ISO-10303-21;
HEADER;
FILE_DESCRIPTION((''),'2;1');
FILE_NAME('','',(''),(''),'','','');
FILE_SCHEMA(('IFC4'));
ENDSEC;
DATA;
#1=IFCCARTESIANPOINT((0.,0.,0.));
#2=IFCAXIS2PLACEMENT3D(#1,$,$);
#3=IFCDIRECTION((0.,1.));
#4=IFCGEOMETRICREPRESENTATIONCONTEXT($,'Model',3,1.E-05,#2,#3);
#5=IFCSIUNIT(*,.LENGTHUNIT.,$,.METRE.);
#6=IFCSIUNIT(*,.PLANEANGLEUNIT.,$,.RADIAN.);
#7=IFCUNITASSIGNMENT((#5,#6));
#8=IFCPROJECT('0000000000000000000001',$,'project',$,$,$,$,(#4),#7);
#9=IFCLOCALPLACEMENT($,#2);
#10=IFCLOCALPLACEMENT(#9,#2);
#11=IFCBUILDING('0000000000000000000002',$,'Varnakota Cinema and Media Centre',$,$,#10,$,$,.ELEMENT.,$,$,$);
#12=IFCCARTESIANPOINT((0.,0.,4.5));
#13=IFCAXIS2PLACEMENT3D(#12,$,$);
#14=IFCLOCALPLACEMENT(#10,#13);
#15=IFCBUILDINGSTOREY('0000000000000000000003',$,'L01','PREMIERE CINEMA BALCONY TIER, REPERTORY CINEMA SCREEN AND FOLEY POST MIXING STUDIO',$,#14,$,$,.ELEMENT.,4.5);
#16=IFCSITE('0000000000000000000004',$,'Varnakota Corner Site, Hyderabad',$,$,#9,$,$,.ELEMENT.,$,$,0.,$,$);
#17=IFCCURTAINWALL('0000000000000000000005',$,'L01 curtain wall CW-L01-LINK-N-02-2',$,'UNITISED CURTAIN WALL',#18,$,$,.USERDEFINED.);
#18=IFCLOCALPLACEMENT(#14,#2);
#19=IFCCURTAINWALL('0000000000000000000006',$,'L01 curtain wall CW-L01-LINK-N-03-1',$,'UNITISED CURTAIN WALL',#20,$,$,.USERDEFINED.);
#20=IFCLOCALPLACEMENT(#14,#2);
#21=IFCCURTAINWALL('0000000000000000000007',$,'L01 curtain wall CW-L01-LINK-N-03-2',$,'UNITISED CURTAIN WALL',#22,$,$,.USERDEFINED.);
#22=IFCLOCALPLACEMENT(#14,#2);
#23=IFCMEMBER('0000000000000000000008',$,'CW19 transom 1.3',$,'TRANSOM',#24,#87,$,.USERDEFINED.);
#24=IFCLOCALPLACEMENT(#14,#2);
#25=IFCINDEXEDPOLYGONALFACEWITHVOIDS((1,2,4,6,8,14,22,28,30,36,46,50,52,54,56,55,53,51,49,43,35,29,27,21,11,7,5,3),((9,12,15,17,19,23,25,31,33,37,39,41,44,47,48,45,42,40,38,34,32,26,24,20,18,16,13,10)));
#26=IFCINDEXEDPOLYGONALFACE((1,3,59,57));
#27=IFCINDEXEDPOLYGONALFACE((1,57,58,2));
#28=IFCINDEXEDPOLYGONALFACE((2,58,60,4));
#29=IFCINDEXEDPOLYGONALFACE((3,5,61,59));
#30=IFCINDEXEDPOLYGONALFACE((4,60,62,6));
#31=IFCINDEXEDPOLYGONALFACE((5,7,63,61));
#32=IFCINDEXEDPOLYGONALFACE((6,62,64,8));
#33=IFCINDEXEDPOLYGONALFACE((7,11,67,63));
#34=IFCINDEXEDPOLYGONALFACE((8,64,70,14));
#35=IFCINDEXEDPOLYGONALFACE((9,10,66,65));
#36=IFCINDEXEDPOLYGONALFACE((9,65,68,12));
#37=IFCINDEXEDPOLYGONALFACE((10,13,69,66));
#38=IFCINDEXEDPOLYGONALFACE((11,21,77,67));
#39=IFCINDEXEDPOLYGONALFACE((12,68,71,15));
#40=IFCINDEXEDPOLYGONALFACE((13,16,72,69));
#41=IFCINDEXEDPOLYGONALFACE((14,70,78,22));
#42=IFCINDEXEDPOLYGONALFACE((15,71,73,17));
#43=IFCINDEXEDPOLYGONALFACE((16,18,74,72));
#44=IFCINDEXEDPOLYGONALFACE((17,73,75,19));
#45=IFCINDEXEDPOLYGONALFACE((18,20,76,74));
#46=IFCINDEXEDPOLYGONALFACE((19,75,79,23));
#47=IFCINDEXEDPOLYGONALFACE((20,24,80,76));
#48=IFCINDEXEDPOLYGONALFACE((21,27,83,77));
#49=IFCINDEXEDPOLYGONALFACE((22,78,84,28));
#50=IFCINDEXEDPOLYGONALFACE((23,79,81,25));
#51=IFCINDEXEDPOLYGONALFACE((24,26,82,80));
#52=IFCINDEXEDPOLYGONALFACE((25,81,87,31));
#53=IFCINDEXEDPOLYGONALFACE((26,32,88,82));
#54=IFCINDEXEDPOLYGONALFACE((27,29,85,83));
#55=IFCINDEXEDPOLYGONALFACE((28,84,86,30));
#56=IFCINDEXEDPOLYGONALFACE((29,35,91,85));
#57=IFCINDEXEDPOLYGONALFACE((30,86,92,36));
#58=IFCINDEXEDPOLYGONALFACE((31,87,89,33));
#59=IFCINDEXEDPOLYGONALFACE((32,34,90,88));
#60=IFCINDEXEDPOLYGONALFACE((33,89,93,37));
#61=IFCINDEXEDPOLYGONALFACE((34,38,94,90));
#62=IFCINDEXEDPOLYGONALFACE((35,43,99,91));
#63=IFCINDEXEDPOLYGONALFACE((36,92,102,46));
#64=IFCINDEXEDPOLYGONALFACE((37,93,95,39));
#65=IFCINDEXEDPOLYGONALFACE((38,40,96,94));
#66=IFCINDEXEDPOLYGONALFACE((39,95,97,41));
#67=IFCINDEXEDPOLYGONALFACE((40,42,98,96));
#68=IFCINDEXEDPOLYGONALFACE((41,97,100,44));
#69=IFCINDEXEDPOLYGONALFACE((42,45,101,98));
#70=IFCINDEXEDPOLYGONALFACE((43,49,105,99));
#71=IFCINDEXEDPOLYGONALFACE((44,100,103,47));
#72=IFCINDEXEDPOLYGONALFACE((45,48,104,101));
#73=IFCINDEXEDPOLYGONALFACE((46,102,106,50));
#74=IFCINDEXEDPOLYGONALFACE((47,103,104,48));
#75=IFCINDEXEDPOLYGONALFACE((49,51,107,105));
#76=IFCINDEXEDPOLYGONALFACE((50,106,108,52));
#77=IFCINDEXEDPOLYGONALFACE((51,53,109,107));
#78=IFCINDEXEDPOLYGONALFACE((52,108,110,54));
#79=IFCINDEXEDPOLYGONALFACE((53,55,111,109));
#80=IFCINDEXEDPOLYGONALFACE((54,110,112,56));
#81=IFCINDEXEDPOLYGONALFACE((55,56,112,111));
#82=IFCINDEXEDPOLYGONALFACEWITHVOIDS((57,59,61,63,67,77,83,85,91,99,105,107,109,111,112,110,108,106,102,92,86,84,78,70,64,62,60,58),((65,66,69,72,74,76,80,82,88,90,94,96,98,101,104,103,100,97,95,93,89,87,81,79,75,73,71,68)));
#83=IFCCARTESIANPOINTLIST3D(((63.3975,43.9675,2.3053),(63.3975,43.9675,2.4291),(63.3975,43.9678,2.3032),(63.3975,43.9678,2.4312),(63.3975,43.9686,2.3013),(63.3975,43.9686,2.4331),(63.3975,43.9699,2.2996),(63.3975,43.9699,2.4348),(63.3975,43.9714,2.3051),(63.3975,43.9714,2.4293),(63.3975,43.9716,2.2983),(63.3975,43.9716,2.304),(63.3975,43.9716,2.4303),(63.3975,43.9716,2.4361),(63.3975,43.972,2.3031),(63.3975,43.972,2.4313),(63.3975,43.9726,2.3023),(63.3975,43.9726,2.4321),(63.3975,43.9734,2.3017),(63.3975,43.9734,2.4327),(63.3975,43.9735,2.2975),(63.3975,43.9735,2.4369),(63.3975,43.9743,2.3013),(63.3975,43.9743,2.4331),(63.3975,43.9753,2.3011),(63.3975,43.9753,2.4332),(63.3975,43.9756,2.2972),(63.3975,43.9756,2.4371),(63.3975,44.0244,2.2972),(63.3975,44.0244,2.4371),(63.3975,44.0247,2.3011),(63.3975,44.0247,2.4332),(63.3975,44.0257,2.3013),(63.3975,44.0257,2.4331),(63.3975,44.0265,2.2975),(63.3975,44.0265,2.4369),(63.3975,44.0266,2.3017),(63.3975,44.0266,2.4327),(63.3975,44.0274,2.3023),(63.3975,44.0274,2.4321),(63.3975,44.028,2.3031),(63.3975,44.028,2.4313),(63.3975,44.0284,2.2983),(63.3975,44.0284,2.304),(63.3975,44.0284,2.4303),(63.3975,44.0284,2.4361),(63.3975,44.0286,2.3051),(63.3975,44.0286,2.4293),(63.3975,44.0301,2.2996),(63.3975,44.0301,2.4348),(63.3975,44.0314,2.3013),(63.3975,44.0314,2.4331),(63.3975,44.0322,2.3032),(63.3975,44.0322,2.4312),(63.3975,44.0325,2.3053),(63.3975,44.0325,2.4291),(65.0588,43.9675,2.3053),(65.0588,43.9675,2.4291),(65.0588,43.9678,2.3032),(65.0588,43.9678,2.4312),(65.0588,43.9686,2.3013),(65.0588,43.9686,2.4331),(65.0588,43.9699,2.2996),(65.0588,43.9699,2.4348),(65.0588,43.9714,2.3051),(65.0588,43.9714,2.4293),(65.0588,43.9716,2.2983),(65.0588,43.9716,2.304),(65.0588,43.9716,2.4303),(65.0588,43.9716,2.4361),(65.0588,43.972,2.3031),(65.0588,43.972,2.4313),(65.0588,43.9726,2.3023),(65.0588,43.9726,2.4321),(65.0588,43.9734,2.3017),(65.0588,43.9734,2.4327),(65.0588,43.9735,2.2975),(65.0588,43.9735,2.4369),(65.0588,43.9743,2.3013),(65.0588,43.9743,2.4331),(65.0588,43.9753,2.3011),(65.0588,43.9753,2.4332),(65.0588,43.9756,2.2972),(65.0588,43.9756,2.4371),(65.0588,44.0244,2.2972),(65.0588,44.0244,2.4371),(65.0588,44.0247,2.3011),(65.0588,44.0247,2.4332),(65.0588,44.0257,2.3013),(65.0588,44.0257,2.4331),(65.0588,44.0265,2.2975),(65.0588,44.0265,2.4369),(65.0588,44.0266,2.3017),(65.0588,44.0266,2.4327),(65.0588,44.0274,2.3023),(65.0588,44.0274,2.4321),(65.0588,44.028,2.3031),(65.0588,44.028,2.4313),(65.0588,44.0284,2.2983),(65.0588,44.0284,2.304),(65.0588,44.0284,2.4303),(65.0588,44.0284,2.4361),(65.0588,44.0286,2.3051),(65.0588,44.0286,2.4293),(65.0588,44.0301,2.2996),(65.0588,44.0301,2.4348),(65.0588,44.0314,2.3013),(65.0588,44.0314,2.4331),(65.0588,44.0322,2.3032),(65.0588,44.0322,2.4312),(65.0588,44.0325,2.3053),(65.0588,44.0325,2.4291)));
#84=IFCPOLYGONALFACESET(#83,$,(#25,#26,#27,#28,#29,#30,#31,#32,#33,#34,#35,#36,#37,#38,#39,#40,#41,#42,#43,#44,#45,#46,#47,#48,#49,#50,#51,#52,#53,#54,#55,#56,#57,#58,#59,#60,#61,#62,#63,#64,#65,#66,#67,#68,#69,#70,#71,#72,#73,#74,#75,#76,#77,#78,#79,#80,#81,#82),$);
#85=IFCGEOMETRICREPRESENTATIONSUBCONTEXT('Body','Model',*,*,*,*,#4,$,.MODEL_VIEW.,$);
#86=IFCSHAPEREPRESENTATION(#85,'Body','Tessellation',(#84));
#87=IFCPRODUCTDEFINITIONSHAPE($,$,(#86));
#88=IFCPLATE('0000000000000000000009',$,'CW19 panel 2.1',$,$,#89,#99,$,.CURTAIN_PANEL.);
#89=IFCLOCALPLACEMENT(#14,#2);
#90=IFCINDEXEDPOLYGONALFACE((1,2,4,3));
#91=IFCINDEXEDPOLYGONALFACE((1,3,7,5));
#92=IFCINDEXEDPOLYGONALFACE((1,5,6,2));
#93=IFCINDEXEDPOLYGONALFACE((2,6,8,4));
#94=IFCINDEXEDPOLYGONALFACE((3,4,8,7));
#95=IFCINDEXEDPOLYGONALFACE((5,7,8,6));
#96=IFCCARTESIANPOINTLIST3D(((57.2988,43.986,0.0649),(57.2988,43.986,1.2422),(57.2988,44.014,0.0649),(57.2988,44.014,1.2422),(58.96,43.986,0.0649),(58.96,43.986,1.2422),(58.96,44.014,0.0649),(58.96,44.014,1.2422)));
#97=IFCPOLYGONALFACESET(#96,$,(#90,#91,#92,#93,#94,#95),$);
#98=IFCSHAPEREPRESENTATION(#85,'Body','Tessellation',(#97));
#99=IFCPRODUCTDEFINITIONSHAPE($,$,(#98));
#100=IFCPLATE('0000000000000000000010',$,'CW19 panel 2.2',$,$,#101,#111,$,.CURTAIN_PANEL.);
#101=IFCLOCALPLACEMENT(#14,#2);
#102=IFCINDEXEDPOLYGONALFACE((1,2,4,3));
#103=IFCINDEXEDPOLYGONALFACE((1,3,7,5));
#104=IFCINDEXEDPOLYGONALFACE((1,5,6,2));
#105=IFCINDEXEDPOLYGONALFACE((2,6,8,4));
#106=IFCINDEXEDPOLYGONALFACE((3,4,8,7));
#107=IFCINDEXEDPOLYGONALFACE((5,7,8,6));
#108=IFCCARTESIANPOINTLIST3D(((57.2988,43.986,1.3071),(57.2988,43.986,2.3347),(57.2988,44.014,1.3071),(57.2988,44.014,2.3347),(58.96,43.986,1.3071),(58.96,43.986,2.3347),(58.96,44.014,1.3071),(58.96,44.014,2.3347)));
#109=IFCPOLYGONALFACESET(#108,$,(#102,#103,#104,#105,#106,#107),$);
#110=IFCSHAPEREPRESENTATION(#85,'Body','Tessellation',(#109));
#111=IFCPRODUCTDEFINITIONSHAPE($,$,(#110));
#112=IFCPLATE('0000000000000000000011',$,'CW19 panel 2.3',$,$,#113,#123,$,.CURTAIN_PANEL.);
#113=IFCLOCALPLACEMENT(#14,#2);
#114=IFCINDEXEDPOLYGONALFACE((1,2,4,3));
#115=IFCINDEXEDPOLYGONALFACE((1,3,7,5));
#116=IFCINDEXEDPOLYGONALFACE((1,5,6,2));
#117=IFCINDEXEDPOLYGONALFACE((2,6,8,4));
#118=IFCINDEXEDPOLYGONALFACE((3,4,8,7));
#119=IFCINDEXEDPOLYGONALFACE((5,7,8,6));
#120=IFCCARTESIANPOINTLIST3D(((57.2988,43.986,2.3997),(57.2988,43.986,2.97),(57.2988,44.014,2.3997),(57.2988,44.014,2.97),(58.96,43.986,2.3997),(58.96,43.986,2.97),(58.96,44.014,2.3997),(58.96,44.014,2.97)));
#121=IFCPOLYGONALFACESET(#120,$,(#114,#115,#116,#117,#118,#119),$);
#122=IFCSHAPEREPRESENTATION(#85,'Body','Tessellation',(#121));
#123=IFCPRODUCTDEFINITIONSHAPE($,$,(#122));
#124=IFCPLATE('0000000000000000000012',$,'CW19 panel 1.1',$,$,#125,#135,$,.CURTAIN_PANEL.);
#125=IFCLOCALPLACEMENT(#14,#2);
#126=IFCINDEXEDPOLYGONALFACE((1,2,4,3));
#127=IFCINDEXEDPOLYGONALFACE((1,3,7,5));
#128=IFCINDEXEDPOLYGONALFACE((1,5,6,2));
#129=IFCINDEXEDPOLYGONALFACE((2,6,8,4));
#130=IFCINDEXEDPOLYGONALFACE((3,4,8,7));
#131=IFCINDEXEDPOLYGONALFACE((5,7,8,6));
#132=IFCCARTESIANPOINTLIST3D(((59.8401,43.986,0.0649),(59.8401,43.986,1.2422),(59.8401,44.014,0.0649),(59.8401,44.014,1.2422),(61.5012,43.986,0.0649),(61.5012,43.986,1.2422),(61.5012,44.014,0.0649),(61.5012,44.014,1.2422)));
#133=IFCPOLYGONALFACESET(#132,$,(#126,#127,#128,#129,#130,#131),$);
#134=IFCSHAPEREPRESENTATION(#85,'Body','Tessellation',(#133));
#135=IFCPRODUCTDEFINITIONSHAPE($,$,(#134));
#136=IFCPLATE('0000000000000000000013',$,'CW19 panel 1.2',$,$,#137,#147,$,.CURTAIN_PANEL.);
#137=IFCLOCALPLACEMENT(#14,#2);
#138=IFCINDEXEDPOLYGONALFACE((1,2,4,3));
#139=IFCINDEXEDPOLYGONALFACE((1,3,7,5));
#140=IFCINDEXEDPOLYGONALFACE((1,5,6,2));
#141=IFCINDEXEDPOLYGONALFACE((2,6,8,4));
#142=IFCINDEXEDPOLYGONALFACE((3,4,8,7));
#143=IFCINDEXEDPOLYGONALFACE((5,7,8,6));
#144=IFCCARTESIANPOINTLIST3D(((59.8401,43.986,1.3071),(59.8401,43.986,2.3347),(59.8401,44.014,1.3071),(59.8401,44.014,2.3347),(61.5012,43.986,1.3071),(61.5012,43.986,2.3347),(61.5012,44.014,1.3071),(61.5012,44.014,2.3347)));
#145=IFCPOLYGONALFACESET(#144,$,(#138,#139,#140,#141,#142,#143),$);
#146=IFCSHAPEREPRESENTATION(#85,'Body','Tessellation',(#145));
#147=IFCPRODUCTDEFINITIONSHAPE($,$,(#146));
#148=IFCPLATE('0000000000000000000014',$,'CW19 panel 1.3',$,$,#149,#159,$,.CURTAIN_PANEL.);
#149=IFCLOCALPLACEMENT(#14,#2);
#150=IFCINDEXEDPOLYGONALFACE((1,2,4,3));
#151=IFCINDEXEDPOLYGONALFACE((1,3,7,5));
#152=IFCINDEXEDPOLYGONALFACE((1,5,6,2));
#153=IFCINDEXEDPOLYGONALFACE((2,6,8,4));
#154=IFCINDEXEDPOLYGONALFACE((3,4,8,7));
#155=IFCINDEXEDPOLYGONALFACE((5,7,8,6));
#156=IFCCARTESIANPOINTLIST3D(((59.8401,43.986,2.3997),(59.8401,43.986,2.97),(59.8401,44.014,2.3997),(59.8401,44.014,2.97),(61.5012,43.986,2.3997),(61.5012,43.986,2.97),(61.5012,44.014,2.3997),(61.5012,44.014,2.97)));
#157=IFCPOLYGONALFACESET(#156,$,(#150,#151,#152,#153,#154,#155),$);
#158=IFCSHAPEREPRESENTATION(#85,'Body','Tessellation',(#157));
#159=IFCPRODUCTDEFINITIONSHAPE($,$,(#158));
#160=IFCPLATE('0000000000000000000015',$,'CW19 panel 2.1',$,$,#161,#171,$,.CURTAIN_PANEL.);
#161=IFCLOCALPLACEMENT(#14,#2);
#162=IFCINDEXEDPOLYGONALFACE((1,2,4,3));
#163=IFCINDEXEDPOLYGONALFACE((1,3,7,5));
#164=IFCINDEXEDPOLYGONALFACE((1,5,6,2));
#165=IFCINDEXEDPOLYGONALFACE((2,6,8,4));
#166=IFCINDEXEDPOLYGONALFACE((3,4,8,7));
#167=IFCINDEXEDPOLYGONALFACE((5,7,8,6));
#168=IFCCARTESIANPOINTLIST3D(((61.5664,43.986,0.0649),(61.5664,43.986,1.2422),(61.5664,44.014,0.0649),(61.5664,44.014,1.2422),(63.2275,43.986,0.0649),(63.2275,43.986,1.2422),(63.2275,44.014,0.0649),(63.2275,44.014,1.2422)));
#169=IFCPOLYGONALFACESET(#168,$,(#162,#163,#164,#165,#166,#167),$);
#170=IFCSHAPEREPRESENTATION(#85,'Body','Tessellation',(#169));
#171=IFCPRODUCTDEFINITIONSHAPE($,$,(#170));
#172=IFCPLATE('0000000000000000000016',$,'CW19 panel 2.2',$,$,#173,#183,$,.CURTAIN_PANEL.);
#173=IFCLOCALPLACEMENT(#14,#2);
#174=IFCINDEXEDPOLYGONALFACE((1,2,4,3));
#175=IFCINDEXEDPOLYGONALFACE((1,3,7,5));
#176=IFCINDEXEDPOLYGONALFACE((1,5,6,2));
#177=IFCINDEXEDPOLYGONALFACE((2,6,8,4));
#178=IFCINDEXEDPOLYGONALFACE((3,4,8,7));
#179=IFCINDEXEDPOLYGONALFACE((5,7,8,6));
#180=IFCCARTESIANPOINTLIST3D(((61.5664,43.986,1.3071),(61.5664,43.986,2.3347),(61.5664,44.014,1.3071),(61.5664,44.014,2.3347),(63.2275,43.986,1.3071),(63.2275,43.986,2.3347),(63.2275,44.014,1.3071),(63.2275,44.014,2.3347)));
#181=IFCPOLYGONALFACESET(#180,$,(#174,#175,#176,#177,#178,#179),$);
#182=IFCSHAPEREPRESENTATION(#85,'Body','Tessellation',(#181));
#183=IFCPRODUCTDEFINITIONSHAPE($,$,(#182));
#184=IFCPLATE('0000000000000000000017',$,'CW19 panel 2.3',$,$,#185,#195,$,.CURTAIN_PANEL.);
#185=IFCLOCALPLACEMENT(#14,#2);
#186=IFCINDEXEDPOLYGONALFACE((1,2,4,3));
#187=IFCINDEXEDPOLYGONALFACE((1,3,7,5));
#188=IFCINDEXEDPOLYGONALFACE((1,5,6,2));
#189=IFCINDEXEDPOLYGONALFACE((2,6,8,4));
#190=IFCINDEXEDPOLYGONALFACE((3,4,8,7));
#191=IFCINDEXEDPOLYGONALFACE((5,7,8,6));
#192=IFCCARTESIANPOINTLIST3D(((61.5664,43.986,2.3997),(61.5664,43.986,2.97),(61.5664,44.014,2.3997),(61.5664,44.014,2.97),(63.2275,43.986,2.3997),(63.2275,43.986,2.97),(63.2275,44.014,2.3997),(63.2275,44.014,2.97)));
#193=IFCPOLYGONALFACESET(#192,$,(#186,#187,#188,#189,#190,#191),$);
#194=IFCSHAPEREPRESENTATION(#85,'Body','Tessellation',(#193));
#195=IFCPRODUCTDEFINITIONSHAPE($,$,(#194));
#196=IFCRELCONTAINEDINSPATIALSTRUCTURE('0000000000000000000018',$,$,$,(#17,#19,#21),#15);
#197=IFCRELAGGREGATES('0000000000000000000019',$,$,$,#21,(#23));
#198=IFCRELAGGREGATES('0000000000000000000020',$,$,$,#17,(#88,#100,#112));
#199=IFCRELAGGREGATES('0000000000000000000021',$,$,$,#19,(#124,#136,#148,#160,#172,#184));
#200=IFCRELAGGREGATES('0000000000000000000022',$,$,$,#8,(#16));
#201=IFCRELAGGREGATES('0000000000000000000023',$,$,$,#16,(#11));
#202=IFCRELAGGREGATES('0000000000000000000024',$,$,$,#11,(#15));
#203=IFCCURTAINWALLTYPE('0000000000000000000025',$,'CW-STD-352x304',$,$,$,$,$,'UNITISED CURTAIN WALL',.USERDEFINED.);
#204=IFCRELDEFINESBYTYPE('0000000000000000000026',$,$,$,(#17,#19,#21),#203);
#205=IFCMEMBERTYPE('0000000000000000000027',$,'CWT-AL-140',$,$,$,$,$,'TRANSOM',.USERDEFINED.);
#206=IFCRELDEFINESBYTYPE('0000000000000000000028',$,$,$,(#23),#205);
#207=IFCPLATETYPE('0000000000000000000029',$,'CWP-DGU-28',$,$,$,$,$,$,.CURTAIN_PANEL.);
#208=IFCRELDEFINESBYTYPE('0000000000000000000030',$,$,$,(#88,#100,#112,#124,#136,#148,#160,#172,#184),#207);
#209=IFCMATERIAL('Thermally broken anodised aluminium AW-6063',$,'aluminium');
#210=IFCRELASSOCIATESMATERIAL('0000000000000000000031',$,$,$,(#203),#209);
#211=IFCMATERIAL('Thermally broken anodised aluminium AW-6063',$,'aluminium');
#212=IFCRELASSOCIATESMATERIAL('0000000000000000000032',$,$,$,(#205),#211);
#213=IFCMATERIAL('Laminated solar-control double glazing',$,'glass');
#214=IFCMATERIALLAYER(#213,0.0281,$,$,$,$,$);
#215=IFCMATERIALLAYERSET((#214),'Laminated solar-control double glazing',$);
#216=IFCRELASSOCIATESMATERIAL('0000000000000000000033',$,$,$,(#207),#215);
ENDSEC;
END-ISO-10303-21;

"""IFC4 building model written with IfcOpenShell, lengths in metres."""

from ifc_helpers import new_model, si_unit, direction, frame, origin, origin_2d, place, context, subcontext, project, spatial, rectangle, hollow_rectangle, extrude, material, layer, layer_set, material_profile, profile_set, type_object, element, aggregate, save


model = new_model("IFC4")

# Units and contexts
model_context = context("Model", 3, precision=1e-05, world=origin(), true_north=direction((0.0, 1.0)))
body_context = subcontext(model_context, "Body", "Model", "MODEL_VIEW")
ifc_project = project(units=[si_unit("LENGTHUNIT", "METRE"), si_unit("PLANEANGLEUNIT", "RADIAN")], contexts=[model_context])

# Site, building, storey
site_placement = place(None, origin())
site = spatial("IfcSite", under=ifc_project, at=site_placement, Name="Varnakota Corner Site, Hyderabad", CompositionType="ELEMENT", RefElevation=0.0)
building_placement = place(site_placement, origin())
building = spatial("IfcBuilding", under=site, at=building_placement, Name="Varnakota Cinema and Media Centre", CompositionType="ELEMENT")
storey_placement = place(building_placement, frame((0.0, 0.0, 4.5)))
storey = spatial("IfcBuildingStorey", under=building, at=storey_placement, Name="L01", Description="PREMIERE CINEMA BALCONY TIER, REPERTORY CINEMA SCREEN AND FOLEY POST MIXING STUDIO", CompositionType="ELEMENT", Elevation=4.5)

# Curtain wall
ifc_material_1 = material(Name="Thermally broken anodised aluminium AW-6063", Category="aluminium")
curtain_wall_type = type_object("IfcCurtainWallType", Name="CW-STD-352x304", ElementType="UNITISED CURTAIN WALL", PredefinedType="USERDEFINED", material=ifc_material_1)
curtain_wall_1_placement = place(storey_placement, origin())
curtain_wall_1 = element("IfcCurtainWall", 1, at=curtain_wall_1_placement, inside=storey, type_object=curtain_wall_type, Name="L01 curtain wall CW-L01-LINK-N-02-2", ObjectType="UNITISED CURTAIN WALL", PredefinedType="USERDEFINED")

# Curtain wall
curtain_wall_2_placement = place(storey_placement, origin())
curtain_wall_2 = element("IfcCurtainWall", 2, at=curtain_wall_2_placement, inside=storey, type_object=curtain_wall_type, Name="L01 curtain wall CW-L01-LINK-N-03-1", ObjectType="UNITISED CURTAIN WALL", PredefinedType="USERDEFINED")

# Curtain wall
curtain_wall_3_placement = place(storey_placement, origin())
curtain_wall_3 = element("IfcCurtainWall", 3, at=curtain_wall_3_placement, inside=storey, type_object=curtain_wall_type, Name="L01 curtain wall CW-L01-LINK-N-03-2", ObjectType="UNITISED CURTAIN WALL", PredefinedType="USERDEFINED")

# Member
ifc_material_2 = material(Name="Thermally broken anodised aluminium AW-6063", Category="aluminium")
ifc_material_profile_1 = material_profile(ifc_material_2, hollow_rectangle(XDim=0.0649, YDim=0.1399, WallThickness=0.0039, InnerFilletRadius=0.0039, OuterFilletRadius=0.0081, at=origin_2d()), Name="AL-TRANSOM 140x65x4")
ifc_profile_set_1 = profile_set([ifc_material_profile_1], Name="Thermally broken anodised aluminium AW-6063")
member_type_1 = type_object("IfcMemberType", Name="CWT-AL-140", ElementType="TRANSOM", PredefinedType="USERDEFINED", material=ifc_profile_set_1)
member_1_placement = place(storey_placement, frame((63.3975, 44.0, 2.3672), z_axis=(1.0, 0.0, 0.0), x_axis=(0.0, 1.0, 0.0)))
member_1 = element("IfcMember", 4, at=member_1_placement, type_object=member_type_1, Name="CW19 transom 1.3", ObjectType="TRANSOM", PredefinedType="USERDEFINED", context=body_context, shape_type="SweptSolid", body=[
    extrude(hollow_rectangle(XDim=0.0649, YDim=0.1399, WallThickness=0.0039, InnerFilletRadius=0.0039, OuterFilletRadius=0.0081, at=origin_2d()), origin(), (0.0, 0.0, 1.0), 1.6614),
])
aggregate(curtain_wall_3, [member_1])

# Plates
ifc_material_3 = material(Name="Laminated solar-control double glazing", Category="glass")
ifc_layer = layer(ifc_material_3, 0.0281)
ifc_layer_set = layer_set([ifc_layer], Name="Laminated solar-control double glazing")
plate_type = type_object("IfcPlateType", Name="CWP-DGU-28", PredefinedType="CURTAIN_PANEL", material=ifc_layer_set)
plate_1_placement = place(storey_placement, frame((58.1294, 44.0, 0.0649), z_axis=(0.0, 0.0, 1.0), x_axis=(1.0, 0.0, 0.0)))
plate_1 = element("IfcPlate", 5, at=plate_1_placement, type_object=plate_type, Name="CW19 panel 2.1", PredefinedType="CURTAIN_PANEL", context=body_context, shape_type="SweptSolid", body=[
    extrude(rectangle(XDim=1.6611, YDim=0.0281, at=origin_2d()), origin(), (0.0, 0.0, 1.0), 1.1772),
])
plate_2_placement = place(storey_placement, frame((58.1294, 44.0, 1.3071), z_axis=(0.0, 0.0, 1.0), x_axis=(1.0, 0.0, 0.0)))
plate_2 = element("IfcPlate", 6, at=plate_2_placement, type_object=plate_type, Name="CW19 panel 2.2", PredefinedType="CURTAIN_PANEL", context=body_context, shape_type="SweptSolid", body=[
    extrude(rectangle(XDim=1.6611, YDim=0.0281, at=origin_2d()), origin(), (0.0, 0.0, 1.0), 1.0276),
])
plate_3_placement = place(storey_placement, frame((58.1294, 44.0, 2.3997), z_axis=(0.0, 0.0, 1.0), x_axis=(1.0, 0.0, 0.0)))
plate_3 = element("IfcPlate", 7, at=plate_3_placement, type_object=plate_type, Name="CW19 panel 2.3", PredefinedType="CURTAIN_PANEL", context=body_context, shape_type="SweptSolid", body=[
    extrude(rectangle(XDim=1.6611, YDim=0.0281, at=origin_2d()), origin(), (0.0, 0.0, 1.0), 0.5703),
])
aggregate(curtain_wall_1, [plate_1, plate_2, plate_3])
plate_4_placement = place(storey_placement, frame((60.6707, 44.0, 0.0649), z_axis=(0.0, 0.0, 1.0), x_axis=(1.0, 0.0, 0.0)))
plate_4 = element("IfcPlate", 8, at=plate_4_placement, type_object=plate_type, Name="CW19 panel 1.1", PredefinedType="CURTAIN_PANEL", context=body_context, shape_type="SweptSolid", body=[
    extrude(rectangle(XDim=1.6611, YDim=0.0281, at=origin_2d()), origin(), (0.0, 0.0, 1.0), 1.1772),
])
plate_5_placement = place(storey_placement, frame((60.6707, 44.0, 1.3071), z_axis=(0.0, 0.0, 1.0), x_axis=(1.0, 0.0, 0.0)))
plate_5 = element("IfcPlate", 9, at=plate_5_placement, type_object=plate_type, Name="CW19 panel 1.2", PredefinedType="CURTAIN_PANEL", context=body_context, shape_type="SweptSolid", body=[
    extrude(rectangle(XDim=1.6611, YDim=0.0281, at=origin_2d()), origin(), (0.0, 0.0, 1.0), 1.0276),
])
plate_6_placement = place(storey_placement, frame((60.6707, 44.0, 2.3997), z_axis=(0.0, 0.0, 1.0), x_axis=(1.0, 0.0, 0.0)))
plate_6 = element("IfcPlate", 10, at=plate_6_placement, type_object=plate_type, Name="CW19 panel 1.3", PredefinedType="CURTAIN_PANEL", context=body_context, shape_type="SweptSolid", body=[
    extrude(rectangle(XDim=1.6611, YDim=0.0281, at=origin_2d()), origin(), (0.0, 0.0, 1.0), 0.5703),
])
plate_7_placement = place(storey_placement, frame((62.397, 44.0, 0.0649), z_axis=(0.0, 0.0, 1.0), x_axis=(1.0, 0.0, 0.0)))
plate_7 = element("IfcPlate", 11, at=plate_7_placement, type_object=plate_type, Name="CW19 panel 2.1", PredefinedType="CURTAIN_PANEL", context=body_context, shape_type="SweptSolid", body=[
    extrude(rectangle(XDim=1.6611, YDim=0.0281, at=origin_2d()), origin(), (0.0, 0.0, 1.0), 1.1772),
])
plate_8_placement = place(storey_placement, frame((62.397, 44.0, 1.3071), z_axis=(0.0, 0.0, 1.0), x_axis=(1.0, 0.0, 0.0)))
plate_8 = element("IfcPlate", 12, at=plate_8_placement, type_object=plate_type, Name="CW19 panel 2.2", PredefinedType="CURTAIN_PANEL", context=body_context, shape_type="SweptSolid", body=[
    extrude(rectangle(XDim=1.6611, YDim=0.0281, at=origin_2d()), origin(), (0.0, 0.0, 1.0), 1.0276),
])
plate_9_placement = place(storey_placement, frame((62.397, 44.0, 2.3997), z_axis=(0.0, 0.0, 1.0), x_axis=(1.0, 0.0, 0.0)))
plate_9 = element("IfcPlate", 13, at=plate_9_placement, type_object=plate_type, Name="CW19 panel 2.3", PredefinedType="CURTAIN_PANEL", context=body_context, shape_type="SweptSolid", body=[
    extrude(rectangle(XDim=1.6611, YDim=0.0281, at=origin_2d()), origin(), (0.0, 0.0, 1.0), 0.5703),
])
aggregate(curtain_wall_2, [plate_4, plate_5, plate_6, plate_7, plate_8, plate_9])

save(model, "model.ifc")
